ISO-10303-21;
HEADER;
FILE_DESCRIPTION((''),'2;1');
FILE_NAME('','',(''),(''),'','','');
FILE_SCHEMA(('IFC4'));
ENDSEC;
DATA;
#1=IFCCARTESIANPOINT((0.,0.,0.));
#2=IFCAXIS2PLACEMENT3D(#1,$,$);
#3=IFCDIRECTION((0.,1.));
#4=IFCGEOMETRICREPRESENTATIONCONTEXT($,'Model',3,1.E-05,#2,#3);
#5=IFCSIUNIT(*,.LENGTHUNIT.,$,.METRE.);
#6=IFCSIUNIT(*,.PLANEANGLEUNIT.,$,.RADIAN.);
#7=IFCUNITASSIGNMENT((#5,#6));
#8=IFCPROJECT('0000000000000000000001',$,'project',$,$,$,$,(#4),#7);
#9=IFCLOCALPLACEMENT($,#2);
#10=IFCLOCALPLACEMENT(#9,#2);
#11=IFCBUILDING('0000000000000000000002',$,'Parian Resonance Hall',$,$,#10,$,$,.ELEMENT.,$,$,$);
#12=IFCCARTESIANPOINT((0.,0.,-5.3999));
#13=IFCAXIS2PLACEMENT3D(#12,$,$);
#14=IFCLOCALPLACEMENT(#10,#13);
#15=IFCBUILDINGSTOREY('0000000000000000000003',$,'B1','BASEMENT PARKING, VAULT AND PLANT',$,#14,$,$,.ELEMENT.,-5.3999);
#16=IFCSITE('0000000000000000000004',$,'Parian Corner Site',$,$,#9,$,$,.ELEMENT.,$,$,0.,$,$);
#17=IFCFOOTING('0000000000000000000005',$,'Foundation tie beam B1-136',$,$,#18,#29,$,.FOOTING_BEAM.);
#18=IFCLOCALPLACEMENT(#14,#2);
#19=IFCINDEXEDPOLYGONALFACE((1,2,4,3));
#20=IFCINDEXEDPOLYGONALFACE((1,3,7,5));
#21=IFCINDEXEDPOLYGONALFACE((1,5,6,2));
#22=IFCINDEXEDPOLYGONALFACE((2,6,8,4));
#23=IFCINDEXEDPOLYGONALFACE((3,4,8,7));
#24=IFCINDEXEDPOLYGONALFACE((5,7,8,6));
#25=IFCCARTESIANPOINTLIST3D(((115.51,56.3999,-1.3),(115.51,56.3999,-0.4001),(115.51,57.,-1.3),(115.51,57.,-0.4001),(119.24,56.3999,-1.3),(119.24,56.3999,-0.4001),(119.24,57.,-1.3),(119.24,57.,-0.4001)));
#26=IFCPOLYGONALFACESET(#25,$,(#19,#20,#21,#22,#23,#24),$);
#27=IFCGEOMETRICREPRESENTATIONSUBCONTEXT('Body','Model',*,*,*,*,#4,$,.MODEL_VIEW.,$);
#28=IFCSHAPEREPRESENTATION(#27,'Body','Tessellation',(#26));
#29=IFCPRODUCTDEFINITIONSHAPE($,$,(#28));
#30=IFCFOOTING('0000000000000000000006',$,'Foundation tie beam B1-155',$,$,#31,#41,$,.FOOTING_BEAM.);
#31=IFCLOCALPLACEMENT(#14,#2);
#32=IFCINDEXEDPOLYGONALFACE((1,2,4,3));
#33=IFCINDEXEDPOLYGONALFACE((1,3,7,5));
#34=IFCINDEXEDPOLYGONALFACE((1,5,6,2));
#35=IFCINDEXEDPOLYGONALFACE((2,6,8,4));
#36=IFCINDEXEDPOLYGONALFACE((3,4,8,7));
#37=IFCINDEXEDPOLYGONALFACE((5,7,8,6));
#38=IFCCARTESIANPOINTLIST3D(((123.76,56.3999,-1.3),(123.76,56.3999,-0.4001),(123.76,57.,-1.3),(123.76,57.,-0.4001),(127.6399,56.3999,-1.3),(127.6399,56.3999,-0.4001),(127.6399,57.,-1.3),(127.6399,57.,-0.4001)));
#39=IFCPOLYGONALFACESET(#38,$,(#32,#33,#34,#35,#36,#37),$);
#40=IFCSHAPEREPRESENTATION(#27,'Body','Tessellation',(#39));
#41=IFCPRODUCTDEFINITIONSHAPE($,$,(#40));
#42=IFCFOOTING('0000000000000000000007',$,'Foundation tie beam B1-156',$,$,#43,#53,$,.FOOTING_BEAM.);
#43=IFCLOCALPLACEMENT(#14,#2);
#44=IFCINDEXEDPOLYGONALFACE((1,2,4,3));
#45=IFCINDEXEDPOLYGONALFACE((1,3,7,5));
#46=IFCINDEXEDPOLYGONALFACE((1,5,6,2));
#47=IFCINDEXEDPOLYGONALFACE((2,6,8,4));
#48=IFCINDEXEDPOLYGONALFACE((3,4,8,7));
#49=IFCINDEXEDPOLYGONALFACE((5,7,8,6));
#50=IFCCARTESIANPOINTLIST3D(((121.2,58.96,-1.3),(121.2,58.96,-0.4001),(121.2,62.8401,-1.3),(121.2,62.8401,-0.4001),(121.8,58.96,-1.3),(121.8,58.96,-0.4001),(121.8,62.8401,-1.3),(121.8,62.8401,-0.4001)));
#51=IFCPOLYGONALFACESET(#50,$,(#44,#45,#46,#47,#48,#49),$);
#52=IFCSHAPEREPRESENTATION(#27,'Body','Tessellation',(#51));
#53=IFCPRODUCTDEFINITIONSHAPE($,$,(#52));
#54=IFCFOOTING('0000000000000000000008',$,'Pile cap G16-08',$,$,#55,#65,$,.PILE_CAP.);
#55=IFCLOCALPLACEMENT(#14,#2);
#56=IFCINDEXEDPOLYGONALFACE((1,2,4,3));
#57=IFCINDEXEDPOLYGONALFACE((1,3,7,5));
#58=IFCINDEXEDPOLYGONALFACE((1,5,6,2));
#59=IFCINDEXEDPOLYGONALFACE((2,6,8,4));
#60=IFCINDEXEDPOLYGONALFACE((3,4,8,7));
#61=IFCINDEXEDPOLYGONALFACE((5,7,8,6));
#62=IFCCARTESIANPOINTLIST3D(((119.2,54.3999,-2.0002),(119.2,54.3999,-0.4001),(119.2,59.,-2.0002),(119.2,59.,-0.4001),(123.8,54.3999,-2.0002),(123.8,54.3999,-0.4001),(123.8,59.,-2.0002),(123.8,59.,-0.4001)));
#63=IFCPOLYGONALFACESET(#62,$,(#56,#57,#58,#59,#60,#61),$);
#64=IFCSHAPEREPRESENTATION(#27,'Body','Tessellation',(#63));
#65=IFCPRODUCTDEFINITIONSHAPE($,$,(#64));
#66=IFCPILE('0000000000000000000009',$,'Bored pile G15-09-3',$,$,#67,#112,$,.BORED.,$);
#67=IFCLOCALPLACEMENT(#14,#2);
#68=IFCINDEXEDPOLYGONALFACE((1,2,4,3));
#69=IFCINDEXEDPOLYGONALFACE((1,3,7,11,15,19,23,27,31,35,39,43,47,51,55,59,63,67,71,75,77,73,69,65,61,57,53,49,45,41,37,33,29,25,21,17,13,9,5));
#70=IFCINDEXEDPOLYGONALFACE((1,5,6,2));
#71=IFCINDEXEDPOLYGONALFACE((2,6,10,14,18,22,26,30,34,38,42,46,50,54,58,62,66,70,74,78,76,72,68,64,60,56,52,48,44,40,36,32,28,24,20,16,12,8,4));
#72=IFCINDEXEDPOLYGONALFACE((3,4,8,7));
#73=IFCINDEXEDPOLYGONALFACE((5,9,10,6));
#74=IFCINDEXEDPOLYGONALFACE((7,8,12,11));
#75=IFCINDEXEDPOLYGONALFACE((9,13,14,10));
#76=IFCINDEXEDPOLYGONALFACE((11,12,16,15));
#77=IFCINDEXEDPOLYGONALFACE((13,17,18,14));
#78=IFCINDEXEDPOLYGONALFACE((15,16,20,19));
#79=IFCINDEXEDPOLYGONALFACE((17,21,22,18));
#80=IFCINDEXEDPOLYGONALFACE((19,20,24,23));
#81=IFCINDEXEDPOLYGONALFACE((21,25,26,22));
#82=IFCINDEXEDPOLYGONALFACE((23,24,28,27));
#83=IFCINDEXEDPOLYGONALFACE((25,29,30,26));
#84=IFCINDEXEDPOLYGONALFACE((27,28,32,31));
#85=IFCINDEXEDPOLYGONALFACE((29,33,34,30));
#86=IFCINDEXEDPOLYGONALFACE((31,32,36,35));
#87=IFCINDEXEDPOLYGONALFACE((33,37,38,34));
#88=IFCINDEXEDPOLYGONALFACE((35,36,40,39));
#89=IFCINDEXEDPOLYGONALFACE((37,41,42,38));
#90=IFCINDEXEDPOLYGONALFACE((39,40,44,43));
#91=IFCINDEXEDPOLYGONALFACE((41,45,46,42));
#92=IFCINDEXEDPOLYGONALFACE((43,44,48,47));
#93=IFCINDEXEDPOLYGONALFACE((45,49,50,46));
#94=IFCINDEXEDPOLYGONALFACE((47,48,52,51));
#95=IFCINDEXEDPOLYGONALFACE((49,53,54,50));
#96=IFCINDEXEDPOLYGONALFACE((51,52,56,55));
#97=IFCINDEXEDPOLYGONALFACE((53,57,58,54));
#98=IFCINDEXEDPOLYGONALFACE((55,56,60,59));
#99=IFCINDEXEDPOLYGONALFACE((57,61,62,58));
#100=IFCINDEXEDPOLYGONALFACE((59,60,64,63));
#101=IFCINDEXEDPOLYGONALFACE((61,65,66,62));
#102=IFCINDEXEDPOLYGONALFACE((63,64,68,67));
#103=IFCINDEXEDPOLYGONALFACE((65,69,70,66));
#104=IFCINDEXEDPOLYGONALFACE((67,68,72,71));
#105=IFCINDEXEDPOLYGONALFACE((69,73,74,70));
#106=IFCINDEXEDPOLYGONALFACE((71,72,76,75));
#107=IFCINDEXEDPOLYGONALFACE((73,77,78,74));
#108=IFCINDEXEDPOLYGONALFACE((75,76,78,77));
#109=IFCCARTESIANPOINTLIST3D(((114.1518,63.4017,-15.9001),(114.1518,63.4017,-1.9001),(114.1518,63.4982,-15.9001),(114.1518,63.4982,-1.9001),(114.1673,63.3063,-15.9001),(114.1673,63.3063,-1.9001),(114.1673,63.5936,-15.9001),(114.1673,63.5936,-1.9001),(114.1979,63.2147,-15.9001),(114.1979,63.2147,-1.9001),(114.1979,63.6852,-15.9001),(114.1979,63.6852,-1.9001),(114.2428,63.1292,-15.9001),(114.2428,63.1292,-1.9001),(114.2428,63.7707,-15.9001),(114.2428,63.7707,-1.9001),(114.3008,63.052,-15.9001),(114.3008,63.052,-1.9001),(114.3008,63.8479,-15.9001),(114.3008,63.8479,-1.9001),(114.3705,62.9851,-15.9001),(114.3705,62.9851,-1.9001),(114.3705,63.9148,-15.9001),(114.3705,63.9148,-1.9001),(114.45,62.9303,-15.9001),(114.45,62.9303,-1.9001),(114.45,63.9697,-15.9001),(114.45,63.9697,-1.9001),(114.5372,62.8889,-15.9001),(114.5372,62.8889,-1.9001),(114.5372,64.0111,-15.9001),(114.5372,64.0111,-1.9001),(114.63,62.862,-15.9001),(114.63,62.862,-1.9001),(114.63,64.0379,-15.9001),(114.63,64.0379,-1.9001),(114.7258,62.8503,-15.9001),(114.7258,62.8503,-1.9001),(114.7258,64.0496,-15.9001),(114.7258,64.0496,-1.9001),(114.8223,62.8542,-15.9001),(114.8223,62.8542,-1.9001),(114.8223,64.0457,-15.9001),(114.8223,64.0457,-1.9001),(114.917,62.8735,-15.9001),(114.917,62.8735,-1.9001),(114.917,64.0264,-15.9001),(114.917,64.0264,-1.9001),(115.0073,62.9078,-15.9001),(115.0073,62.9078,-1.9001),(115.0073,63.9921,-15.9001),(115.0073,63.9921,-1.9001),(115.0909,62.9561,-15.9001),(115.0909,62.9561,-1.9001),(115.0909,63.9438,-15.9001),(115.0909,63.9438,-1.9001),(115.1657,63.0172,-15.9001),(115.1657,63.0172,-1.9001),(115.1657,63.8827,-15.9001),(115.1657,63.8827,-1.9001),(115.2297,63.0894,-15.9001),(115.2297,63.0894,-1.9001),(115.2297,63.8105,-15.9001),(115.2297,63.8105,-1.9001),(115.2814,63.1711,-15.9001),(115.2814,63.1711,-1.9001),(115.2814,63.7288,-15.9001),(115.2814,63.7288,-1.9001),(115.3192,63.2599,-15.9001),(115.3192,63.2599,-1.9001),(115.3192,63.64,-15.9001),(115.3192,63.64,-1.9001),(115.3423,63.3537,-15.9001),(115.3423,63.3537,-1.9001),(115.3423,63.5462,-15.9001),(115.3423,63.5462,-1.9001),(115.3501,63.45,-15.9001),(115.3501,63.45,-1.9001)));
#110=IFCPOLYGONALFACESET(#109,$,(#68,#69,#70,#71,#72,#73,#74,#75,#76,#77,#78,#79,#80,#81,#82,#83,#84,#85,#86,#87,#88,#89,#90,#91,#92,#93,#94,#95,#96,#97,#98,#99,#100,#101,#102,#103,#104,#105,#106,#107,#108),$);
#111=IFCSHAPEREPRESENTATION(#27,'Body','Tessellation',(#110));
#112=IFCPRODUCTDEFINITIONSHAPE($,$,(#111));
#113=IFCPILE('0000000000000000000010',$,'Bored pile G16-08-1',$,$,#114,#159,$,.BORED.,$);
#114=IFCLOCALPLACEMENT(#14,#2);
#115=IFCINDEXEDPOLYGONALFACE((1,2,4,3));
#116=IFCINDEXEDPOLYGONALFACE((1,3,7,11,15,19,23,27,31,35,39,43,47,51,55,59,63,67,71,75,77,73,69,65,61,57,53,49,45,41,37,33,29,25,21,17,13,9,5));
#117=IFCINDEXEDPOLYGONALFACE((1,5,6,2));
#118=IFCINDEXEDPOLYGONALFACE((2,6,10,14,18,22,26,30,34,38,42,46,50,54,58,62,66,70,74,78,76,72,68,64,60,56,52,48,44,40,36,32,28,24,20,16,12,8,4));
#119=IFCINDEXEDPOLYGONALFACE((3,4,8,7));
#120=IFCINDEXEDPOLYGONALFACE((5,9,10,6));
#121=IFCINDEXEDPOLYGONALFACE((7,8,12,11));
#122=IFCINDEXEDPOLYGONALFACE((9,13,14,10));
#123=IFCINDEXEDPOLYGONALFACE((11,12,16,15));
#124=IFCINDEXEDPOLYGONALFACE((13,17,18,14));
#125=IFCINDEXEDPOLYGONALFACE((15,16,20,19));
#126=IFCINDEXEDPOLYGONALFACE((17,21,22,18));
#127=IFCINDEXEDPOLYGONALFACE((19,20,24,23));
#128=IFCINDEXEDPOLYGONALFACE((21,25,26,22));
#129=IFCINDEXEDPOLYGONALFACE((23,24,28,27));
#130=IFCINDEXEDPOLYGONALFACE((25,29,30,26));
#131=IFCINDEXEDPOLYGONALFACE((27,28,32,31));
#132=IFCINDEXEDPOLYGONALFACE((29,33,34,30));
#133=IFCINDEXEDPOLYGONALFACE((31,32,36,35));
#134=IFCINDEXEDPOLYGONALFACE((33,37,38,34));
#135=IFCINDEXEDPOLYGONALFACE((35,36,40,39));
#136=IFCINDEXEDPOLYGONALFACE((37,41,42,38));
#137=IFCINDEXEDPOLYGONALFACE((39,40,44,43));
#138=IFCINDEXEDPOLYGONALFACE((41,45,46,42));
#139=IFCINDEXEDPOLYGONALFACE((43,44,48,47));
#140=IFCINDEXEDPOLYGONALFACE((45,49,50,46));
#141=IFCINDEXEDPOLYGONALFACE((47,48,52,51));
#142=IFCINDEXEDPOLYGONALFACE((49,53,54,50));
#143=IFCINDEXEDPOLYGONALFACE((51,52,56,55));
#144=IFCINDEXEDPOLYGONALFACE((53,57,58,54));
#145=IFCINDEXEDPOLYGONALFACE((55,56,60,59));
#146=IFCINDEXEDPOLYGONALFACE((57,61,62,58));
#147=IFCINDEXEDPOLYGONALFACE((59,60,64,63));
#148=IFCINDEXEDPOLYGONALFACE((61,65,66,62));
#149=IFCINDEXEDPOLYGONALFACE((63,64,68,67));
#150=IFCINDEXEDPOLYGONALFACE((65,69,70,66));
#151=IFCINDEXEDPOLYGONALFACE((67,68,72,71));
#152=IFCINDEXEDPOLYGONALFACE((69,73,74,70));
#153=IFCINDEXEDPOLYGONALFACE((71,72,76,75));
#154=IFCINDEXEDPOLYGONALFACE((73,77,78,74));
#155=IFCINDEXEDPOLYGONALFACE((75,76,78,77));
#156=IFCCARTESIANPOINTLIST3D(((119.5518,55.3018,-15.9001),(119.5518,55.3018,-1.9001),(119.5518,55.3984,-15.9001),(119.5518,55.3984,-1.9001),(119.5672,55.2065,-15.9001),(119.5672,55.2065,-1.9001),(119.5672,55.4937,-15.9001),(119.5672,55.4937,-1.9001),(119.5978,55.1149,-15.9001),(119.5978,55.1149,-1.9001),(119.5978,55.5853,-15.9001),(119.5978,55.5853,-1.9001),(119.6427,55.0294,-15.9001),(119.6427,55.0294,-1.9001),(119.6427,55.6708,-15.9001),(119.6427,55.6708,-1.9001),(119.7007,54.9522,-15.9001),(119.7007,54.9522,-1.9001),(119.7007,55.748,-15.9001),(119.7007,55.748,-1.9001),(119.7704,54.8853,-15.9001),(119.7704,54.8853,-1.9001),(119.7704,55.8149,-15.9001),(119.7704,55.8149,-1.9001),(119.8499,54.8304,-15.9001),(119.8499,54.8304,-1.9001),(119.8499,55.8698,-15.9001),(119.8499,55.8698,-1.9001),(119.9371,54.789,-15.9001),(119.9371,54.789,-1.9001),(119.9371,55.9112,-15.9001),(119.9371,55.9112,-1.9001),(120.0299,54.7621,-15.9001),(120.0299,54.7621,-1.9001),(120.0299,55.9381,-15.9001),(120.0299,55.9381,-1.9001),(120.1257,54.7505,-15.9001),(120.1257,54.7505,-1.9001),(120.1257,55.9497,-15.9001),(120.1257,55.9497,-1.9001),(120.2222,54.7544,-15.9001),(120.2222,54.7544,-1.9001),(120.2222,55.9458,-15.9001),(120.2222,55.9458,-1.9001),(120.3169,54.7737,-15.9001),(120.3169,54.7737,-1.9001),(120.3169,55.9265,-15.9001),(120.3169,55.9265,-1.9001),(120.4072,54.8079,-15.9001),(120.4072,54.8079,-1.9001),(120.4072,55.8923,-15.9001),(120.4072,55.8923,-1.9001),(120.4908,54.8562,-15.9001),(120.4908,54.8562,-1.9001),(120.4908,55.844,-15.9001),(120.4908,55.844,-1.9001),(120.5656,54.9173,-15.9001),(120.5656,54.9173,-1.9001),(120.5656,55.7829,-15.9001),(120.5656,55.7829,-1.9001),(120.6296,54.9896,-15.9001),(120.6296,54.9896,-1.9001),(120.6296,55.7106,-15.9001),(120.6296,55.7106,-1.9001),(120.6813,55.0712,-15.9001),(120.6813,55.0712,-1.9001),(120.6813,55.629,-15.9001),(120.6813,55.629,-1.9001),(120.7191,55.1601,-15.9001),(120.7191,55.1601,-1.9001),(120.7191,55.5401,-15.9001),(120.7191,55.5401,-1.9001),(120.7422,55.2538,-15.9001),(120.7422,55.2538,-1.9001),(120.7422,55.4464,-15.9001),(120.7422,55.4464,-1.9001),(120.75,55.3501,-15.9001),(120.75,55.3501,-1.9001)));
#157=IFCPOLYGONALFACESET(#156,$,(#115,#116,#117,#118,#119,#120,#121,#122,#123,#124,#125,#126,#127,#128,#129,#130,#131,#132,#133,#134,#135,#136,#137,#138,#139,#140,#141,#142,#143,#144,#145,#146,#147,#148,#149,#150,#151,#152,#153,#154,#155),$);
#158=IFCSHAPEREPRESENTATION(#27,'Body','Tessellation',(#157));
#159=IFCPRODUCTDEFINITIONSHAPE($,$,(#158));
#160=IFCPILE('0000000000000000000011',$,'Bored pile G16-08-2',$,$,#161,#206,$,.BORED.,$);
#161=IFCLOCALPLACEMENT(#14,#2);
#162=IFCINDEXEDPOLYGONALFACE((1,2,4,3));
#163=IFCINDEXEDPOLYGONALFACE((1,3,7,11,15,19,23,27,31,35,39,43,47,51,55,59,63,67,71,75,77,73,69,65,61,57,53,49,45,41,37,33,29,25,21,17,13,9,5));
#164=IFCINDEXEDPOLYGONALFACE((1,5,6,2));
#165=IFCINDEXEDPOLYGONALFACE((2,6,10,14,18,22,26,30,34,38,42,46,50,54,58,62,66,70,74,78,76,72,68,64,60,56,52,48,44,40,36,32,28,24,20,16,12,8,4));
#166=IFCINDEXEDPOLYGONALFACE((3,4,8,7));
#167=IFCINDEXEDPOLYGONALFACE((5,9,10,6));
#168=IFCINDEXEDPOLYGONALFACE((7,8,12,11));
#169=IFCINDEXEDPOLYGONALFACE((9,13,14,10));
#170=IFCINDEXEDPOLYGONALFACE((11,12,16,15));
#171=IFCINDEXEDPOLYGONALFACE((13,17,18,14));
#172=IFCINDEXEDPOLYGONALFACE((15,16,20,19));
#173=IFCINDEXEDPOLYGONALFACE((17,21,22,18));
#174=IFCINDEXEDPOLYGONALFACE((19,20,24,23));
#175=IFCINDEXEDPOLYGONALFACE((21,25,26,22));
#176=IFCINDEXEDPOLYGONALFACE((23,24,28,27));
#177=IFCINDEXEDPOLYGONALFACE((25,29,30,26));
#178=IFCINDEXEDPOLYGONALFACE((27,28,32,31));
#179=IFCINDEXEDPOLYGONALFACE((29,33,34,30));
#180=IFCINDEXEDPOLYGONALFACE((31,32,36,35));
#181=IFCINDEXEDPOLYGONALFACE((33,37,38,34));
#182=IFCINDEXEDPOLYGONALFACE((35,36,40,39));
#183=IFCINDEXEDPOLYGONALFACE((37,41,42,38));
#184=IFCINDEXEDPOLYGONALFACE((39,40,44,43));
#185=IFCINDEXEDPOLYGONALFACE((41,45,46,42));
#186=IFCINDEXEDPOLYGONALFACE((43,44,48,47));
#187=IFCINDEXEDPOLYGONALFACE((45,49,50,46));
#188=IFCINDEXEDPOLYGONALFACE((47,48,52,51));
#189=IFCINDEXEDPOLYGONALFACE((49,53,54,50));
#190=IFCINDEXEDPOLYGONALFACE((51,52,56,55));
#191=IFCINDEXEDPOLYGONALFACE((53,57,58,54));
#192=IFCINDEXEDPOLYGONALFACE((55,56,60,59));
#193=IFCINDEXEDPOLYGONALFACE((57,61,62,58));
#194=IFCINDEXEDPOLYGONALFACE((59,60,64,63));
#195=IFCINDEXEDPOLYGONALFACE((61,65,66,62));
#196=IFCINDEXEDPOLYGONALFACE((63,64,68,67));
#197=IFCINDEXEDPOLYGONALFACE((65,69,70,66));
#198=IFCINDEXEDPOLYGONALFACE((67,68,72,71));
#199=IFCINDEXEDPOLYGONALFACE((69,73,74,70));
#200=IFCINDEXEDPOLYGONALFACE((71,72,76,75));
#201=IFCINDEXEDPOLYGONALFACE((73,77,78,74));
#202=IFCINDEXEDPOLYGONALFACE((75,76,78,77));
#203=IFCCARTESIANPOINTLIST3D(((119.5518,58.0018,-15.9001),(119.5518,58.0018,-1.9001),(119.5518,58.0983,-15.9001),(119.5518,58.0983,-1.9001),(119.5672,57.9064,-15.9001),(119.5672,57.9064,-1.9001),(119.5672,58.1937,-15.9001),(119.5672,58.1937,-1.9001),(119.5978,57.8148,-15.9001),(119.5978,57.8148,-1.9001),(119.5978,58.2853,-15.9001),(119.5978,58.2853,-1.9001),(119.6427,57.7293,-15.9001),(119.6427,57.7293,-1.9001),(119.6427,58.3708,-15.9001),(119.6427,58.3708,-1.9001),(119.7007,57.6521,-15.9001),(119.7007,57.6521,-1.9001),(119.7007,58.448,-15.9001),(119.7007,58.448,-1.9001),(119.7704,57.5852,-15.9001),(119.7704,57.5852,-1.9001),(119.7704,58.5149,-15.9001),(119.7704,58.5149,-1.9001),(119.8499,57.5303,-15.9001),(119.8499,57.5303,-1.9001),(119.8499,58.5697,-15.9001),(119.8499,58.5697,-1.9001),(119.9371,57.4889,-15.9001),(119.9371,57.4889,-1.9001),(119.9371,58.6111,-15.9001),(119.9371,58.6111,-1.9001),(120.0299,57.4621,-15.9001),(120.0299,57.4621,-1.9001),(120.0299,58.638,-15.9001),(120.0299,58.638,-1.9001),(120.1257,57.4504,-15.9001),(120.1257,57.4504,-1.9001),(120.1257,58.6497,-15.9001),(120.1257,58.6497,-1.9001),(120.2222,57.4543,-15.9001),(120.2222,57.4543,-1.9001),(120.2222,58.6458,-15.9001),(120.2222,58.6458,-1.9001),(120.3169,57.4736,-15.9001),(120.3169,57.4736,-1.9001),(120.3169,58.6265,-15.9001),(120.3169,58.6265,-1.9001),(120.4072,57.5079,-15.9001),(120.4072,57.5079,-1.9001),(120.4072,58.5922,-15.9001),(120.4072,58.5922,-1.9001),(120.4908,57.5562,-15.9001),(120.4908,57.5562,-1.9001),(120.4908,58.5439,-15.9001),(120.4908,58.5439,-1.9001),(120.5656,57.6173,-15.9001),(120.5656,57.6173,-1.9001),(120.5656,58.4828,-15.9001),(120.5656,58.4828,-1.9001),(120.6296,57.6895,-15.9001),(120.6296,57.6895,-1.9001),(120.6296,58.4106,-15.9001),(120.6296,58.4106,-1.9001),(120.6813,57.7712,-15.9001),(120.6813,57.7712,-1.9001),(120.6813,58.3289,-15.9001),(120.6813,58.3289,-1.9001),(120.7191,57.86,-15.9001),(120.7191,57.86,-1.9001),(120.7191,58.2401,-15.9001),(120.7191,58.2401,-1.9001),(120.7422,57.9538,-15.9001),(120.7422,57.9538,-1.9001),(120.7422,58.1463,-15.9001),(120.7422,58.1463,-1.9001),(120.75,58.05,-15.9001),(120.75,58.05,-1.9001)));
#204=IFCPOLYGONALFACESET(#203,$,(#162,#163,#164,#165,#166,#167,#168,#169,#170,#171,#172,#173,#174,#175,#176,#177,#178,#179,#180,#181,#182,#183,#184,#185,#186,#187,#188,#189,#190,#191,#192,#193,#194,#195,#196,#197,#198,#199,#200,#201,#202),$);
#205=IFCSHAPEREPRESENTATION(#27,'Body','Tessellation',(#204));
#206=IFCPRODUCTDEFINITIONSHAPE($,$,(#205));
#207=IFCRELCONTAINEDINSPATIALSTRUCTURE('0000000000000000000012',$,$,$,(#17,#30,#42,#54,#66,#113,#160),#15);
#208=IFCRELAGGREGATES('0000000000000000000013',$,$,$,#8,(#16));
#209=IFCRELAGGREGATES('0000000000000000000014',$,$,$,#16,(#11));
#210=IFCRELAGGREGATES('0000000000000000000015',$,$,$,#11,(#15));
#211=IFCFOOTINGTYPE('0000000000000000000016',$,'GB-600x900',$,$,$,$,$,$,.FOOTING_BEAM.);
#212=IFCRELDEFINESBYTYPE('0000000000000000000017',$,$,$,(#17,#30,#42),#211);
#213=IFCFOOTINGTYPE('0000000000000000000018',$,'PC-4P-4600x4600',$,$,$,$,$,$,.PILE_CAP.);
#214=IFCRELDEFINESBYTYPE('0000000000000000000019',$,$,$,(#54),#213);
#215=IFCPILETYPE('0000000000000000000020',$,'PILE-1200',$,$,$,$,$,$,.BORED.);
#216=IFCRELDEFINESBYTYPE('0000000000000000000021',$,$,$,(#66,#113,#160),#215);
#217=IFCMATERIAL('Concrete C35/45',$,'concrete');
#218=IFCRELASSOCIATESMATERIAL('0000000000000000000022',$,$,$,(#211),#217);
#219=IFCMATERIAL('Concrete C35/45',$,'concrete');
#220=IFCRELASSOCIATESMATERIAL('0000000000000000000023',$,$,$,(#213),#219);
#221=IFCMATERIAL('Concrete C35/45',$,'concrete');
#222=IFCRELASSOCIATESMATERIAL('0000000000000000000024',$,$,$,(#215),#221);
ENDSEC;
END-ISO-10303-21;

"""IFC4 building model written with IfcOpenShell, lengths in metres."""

from ifc_helpers import new_model, si_unit, direction, frame, origin, origin_2d, place, context, subcontext, project, spatial, rectangle, circle, extrude, material, material_profile, profile_set, type_object, element, save


model = new_model("IFC4")

# Units and contexts
model_context = context("Model", 3, precision=1e-05, world=origin(), true_north=direction((0.0, 1.0)))
body_context = subcontext(model_context, "Body", "Model", "MODEL_VIEW")
ifc_project = project(units=[si_unit("LENGTHUNIT", "METRE"), si_unit("PLANEANGLEUNIT", "RADIAN")], contexts=[model_context])

# Site, building, storey
site_placement = place(None, origin())
site = spatial("IfcSite", under=ifc_project, at=site_placement, Name="Parian Corner Site", CompositionType="ELEMENT", RefElevation=0.0)
building_placement = place(site_placement, origin())
building = spatial("IfcBuilding", under=site, at=building_placement, Name="Parian Resonance Hall", CompositionType="ELEMENT")
storey_placement = place(building_placement, frame((0.0, 0.0, -5.3999)))
storey = spatial("IfcBuildingStorey", under=building, at=storey_placement, Name="B1", Description="BASEMENT PARKING, VAULT AND PLANT", CompositionType="ELEMENT", Elevation=-5.3999)

# Footings
ifc_material_1 = material(Name="Concrete C35/45", Category="concrete")
ifc_material_profile_1 = material_profile(ifc_material_1, rectangle(XDim=0.6001, YDim=0.8999, at=origin_2d()), Name="RC-GB-600x900")
ifc_profile_set_1 = profile_set([ifc_material_profile_1], Name="Concrete C35/45")
footing_type_1 = type_object("IfcFootingType", Name="GB-600x900", PredefinedType="FOOTING_BEAM", material=ifc_profile_set_1)
footing_1_placement = place(storey_placement, frame((115.51, 56.7, -0.8501), z_axis=(1.0, 0.0, 0.0), x_axis=(0.0, 1.0, 0.0)))
element("IfcFooting", 1, at=footing_1_placement, inside=storey, type_object=footing_type_1, Name="Foundation tie beam B1-136", PredefinedType="FOOTING_BEAM", context=body_context, shape_type="SweptSolid", body=[
    extrude(rectangle(XDim=0.6001, YDim=0.8999, at=origin_2d()), origin(), (0.0, 0.0, 1.0), 3.73),
])
footing_2_placement = place(storey_placement, frame((123.76, 56.7, -0.8501), z_axis=(1.0, 0.0, 0.0), x_axis=(0.0, 1.0, 0.0)))
element("IfcFooting", 2, at=footing_2_placement, inside=storey, type_object=footing_type_1, Name="Foundation tie beam B1-155", PredefinedType="FOOTING_BEAM", context=body_context, shape_type="SweptSolid", body=[
    extrude(rectangle(XDim=0.6001, YDim=0.8999, at=origin_2d()), origin(), (0.0, 0.0, 1.0), 3.8799),
])
footing_3_placement = place(storey_placement, frame((121.5, 58.96, -0.8501), z_axis=(0.0, 1.0, 0.0), x_axis=(-1.0, 0.0, 0.0)))
element("IfcFooting", 3, at=footing_3_placement, inside=storey, type_object=footing_type_1, Name="Foundation tie beam B1-156", PredefinedType="FOOTING_BEAM", context=body_context, shape_type="SweptSolid", body=[
    extrude(rectangle(XDim=0.6001, YDim=0.8999, at=origin_2d()), origin(), (0.0, 0.0, 1.0), 3.8801),
])
ifc_material_2 = material(Name="Concrete C35/45", Category="concrete")
footing_type_2 = type_object("IfcFootingType", Name="PC-4P-4600x4600", PredefinedType="PILE_CAP", material=ifc_material_2)
footing_4_placement = place(storey_placement, frame((121.5, 56.7, -2.0002), z_axis=(0.0, 0.0, 1.0), x_axis=(1.0, 0.0, 0.0)))
element("IfcFooting", 4, at=footing_4_placement, inside=storey, type_object=footing_type_2, Name="Pile cap G16-08", PredefinedType="PILE_CAP", context=body_context, shape_type="SweptSolid", body=[
    extrude(rectangle(XDim=4.6001, YDim=4.6001, at=origin_2d()), origin(), (0.0, 0.0, 1.0), 1.6001),
])

# Piles
ifc_material_3 = material(Name="Concrete C35/45", Category="concrete")
ifc_material_profile_2 = material_profile(ifc_material_3, circle(Radius=0.6001, at=origin_2d()), Name="PILE-D1200")
ifc_profile_set_2 = profile_set([ifc_material_profile_2], Name="Concrete C35/45")
pile_type_1 = type_object("IfcPileType", Name="PILE-1200", PredefinedType="BORED", material=ifc_profile_set_2)
for number, where, z_axis, x_axis, name in (
    (5, (114.75, 63.45, -1.9001), (0.0, 0.0, -1.0), (1.0, 0.0, 0.0), "Bored pile G15-09-3"),
    (6, (120.1499, 55.3501, -1.9001), (0.0, 0.0, -1.0), (1.0, 0.0, 0.0), "Bored pile G16-08-1"),
    (7, (120.1499, 58.05, -1.9001), (0.0, 0.0, -1.0), (1.0, 0.0, 0.0), "Bored pile G16-08-2"),
):
    element("IfcPile", number, at=place(storey_placement, frame(where, z_axis=z_axis, x_axis=x_axis)), inside=storey, type_object=pile_type_1, Name=name, PredefinedType="BORED", context=body_context, shape_type="SweptSolid", body=[
        extrude(circle(Radius=0.6001, at=origin_2d()), origin(), (0.0, 0.0, 1.0), 14.0),
    ])

save(model, "model.ifc")
